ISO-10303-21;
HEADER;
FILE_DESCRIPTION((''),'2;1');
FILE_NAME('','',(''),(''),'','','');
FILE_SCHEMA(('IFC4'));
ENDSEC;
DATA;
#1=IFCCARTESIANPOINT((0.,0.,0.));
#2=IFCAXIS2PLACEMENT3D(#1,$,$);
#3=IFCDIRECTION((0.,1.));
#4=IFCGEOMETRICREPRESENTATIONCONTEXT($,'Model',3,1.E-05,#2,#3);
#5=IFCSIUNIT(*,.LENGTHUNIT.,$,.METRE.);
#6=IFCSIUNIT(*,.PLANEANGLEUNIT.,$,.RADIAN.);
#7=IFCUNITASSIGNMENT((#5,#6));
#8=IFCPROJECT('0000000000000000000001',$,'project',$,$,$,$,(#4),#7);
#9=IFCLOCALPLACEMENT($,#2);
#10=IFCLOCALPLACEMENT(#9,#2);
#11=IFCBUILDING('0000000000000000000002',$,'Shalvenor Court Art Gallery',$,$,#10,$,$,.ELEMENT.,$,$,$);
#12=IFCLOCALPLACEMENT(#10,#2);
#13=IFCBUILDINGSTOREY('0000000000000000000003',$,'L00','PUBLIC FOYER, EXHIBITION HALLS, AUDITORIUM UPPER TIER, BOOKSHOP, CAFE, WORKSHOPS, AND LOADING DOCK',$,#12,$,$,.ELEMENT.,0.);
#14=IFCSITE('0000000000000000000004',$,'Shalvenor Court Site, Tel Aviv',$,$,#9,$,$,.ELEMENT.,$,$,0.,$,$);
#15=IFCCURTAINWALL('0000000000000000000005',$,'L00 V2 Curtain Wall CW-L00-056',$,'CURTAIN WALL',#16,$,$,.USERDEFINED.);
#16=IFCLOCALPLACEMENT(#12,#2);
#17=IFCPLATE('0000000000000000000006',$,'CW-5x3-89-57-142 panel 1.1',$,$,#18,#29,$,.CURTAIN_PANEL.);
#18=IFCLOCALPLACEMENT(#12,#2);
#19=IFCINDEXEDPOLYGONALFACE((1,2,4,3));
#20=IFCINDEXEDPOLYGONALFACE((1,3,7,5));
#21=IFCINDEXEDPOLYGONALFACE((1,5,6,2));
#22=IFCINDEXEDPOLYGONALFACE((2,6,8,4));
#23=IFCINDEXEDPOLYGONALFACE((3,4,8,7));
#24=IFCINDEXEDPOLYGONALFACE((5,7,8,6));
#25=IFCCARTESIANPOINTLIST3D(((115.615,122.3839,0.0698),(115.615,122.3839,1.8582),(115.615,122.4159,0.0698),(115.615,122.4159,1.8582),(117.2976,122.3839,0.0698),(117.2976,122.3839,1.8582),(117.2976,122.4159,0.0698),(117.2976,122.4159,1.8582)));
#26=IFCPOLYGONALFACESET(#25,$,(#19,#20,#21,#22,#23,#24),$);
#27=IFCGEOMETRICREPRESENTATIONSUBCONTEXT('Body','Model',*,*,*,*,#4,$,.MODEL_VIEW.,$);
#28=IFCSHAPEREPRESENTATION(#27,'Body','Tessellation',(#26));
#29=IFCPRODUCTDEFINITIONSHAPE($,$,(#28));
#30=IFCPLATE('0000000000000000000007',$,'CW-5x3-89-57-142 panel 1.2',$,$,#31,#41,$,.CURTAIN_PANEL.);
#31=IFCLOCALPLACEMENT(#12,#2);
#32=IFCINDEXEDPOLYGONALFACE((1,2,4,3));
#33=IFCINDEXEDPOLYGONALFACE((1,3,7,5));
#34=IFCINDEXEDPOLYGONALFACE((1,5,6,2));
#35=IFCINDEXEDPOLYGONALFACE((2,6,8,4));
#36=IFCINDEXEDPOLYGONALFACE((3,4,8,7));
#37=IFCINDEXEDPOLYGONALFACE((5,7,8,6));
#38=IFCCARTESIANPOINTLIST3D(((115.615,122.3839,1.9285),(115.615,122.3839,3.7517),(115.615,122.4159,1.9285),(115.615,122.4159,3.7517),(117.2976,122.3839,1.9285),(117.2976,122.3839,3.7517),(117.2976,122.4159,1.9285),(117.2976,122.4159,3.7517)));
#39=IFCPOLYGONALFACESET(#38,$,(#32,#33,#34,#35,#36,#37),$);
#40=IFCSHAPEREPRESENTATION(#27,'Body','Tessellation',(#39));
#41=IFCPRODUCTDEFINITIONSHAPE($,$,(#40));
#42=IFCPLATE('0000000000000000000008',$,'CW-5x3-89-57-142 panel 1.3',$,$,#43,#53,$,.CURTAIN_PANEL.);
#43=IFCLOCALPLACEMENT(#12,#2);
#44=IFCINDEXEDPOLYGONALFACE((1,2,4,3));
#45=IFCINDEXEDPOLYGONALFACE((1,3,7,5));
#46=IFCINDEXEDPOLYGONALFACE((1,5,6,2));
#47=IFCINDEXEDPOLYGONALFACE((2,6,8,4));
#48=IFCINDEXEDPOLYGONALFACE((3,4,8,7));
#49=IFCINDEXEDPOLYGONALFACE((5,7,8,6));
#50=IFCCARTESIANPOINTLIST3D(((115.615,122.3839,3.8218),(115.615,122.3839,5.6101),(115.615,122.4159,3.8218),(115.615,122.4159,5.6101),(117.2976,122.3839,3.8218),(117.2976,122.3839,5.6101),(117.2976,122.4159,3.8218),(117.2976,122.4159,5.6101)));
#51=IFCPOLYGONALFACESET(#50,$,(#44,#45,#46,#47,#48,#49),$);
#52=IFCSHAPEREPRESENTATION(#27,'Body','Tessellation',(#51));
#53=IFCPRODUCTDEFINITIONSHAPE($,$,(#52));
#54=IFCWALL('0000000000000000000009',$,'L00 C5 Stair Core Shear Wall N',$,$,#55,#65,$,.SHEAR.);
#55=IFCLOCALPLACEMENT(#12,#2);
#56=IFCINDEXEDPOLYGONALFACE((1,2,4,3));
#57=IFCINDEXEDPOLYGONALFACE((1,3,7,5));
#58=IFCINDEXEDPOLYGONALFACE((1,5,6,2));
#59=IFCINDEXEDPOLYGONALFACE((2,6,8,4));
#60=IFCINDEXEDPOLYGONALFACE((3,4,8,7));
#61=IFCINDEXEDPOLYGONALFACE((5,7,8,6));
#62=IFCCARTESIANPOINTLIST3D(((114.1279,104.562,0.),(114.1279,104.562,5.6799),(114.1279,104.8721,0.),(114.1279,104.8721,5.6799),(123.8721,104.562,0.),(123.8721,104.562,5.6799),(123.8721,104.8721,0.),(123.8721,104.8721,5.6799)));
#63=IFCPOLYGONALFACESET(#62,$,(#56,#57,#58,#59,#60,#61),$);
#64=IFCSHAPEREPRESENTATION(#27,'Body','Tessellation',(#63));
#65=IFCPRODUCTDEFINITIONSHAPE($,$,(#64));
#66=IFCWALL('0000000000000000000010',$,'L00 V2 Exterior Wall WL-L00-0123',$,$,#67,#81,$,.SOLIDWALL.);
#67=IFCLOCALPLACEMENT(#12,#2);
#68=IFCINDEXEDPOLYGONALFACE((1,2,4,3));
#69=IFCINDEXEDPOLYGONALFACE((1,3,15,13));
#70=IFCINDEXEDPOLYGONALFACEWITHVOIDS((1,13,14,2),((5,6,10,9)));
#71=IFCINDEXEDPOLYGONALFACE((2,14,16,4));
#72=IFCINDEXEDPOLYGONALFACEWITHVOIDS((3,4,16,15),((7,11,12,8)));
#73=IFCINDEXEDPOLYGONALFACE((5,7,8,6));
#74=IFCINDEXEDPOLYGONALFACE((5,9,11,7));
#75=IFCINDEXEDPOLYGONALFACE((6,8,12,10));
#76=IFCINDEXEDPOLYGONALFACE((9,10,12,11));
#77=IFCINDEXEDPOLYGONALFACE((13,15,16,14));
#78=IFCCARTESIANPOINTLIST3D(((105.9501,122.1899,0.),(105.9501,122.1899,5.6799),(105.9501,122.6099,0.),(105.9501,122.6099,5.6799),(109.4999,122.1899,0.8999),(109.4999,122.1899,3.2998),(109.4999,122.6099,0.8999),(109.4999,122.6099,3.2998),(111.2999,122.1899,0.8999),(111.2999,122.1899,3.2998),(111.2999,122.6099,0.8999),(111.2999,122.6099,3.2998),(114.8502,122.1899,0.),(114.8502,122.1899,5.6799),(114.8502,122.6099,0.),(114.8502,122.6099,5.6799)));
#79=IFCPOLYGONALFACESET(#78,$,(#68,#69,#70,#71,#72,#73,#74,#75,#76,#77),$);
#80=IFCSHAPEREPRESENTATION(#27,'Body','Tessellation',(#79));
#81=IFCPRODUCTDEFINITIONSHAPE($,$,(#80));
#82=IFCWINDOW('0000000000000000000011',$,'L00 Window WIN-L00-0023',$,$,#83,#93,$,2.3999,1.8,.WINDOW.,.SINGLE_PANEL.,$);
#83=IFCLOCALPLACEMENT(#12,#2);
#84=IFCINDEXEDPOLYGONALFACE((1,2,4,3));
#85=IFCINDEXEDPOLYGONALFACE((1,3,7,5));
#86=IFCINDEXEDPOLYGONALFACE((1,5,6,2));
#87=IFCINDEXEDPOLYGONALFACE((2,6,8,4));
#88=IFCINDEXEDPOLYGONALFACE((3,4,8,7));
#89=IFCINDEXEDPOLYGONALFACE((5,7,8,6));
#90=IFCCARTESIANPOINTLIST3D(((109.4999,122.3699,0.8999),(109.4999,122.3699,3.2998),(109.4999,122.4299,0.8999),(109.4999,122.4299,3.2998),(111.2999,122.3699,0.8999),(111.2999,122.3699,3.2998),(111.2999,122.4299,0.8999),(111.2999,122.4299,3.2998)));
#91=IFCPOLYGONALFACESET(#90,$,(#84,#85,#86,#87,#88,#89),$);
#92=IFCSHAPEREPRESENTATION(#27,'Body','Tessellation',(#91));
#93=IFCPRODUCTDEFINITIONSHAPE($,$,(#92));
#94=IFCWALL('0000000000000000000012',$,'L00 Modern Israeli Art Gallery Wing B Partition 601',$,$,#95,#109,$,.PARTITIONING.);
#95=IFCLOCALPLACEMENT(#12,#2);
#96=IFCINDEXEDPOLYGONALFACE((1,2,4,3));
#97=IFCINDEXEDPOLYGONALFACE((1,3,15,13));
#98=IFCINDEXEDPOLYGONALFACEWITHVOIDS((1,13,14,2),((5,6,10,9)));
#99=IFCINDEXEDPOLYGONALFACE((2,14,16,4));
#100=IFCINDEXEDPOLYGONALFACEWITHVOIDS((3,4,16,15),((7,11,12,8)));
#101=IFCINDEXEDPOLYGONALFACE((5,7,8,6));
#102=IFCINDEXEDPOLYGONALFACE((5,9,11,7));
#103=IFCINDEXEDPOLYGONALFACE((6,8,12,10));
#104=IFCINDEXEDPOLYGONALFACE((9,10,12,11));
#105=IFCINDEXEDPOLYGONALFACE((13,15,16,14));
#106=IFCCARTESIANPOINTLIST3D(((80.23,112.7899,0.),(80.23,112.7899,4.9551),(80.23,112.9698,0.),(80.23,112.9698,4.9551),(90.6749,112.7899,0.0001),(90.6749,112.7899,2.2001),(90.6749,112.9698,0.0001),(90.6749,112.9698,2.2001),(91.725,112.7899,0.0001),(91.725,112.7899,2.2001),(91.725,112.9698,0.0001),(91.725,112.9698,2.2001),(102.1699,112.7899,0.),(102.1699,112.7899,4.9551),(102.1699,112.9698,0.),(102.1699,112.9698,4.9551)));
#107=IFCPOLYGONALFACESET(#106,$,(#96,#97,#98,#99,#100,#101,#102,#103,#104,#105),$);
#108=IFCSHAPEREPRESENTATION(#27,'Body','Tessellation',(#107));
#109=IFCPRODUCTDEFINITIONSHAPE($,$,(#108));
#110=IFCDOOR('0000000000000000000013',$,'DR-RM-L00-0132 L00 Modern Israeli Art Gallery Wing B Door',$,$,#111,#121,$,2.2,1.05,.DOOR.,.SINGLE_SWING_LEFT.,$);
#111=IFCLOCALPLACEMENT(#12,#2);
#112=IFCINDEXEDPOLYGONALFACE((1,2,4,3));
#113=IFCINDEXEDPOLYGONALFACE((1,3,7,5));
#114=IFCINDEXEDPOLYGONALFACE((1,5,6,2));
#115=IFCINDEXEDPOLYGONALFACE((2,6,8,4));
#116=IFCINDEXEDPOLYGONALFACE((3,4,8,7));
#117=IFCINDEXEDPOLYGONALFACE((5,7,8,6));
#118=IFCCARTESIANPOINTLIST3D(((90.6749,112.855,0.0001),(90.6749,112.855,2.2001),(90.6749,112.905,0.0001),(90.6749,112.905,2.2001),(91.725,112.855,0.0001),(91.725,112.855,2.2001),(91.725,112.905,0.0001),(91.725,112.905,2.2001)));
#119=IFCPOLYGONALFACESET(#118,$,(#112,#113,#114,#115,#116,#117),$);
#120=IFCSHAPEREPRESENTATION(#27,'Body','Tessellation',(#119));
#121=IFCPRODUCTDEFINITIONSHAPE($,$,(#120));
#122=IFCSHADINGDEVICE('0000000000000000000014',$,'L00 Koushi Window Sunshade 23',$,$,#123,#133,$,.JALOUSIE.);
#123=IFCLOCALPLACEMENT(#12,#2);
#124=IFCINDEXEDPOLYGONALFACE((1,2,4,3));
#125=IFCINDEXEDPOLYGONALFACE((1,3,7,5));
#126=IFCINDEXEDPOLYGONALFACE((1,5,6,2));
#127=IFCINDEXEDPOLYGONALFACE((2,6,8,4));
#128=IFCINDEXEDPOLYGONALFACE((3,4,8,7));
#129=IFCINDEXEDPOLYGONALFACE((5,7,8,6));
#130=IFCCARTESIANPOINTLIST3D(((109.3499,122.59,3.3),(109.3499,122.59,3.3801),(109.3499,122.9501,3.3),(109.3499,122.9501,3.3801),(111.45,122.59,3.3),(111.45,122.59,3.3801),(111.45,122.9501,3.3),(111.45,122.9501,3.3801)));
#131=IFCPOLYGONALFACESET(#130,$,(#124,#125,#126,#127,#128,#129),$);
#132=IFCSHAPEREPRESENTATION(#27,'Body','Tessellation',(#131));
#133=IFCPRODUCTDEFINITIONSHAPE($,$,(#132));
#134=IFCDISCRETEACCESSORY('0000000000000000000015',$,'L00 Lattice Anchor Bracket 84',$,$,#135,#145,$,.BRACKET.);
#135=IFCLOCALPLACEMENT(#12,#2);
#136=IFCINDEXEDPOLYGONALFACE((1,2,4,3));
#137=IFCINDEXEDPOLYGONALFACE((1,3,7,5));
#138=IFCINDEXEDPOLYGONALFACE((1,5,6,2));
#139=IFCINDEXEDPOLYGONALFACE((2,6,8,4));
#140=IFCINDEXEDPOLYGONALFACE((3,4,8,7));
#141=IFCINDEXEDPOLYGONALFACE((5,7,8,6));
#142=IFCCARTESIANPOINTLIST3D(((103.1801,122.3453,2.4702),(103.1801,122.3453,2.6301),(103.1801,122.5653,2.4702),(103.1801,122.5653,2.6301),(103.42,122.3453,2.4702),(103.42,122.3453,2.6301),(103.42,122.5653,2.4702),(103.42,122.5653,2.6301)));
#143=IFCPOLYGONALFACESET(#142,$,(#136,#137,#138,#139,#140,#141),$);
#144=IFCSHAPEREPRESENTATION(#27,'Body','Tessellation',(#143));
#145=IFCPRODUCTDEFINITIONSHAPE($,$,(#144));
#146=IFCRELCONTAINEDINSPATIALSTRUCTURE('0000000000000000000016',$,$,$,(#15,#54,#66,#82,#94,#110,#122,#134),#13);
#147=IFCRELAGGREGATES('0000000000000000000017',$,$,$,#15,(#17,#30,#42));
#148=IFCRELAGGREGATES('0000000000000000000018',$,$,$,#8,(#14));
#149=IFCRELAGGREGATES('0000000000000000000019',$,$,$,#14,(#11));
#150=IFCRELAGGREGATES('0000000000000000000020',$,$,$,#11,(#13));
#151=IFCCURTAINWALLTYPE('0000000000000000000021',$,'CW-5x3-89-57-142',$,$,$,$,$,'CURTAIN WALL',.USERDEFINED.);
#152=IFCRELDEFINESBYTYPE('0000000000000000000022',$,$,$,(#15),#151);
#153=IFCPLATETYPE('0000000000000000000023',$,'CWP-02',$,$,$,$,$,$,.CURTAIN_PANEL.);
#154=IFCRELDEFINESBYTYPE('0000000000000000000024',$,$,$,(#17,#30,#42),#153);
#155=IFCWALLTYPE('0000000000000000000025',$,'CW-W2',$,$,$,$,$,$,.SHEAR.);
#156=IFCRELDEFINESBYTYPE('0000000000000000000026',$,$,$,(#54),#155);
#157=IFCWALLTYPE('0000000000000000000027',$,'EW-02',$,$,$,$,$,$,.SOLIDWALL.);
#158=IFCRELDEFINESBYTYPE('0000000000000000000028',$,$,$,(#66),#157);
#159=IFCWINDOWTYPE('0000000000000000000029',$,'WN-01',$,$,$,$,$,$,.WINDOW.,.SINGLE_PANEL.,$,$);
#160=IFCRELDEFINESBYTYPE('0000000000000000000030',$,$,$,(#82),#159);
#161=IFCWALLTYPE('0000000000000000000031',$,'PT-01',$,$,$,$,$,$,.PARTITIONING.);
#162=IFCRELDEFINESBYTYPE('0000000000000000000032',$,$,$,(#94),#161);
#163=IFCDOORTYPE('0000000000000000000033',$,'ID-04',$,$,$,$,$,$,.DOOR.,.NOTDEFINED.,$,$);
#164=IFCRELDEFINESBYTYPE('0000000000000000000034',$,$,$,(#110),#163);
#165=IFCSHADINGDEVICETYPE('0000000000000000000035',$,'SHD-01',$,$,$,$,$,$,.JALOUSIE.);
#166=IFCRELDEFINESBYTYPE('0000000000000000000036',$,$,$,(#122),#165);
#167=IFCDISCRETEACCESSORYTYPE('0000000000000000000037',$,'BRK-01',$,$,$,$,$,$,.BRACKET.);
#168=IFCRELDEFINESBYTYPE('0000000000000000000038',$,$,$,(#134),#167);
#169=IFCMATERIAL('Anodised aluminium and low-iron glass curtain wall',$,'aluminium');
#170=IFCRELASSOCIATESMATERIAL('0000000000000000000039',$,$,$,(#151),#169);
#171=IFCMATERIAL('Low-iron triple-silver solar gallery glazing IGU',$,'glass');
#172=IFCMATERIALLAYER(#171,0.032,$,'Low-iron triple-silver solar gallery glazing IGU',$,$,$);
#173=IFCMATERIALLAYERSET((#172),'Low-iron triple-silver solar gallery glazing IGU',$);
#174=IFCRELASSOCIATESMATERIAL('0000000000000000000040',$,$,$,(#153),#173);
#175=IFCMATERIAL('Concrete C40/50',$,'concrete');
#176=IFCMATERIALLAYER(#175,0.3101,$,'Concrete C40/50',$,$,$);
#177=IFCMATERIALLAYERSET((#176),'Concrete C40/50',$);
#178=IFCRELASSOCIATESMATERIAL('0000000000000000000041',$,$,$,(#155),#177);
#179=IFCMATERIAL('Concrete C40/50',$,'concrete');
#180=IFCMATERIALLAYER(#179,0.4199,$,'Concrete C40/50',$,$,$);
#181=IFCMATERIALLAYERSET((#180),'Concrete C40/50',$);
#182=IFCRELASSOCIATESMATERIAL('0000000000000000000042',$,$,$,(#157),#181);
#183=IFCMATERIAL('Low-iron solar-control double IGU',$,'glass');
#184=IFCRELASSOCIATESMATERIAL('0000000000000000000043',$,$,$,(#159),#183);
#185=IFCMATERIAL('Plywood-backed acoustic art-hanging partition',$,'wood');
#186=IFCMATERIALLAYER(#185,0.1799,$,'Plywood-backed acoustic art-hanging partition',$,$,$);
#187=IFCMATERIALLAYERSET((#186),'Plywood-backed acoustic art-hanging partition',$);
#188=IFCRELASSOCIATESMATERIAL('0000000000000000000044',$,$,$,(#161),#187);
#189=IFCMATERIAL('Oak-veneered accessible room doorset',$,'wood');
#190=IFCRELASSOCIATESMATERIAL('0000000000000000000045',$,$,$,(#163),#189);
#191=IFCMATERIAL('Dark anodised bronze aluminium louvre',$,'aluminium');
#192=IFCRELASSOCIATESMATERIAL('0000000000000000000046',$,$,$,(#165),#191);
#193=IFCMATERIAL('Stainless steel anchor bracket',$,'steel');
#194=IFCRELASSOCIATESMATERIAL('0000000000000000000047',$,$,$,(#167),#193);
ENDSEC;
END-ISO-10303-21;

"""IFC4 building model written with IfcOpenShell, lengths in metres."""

from ifc_helpers import new_model, si_unit, direction, frame, frame_2d, origin, origin_2d, place, context, subcontext, project, spatial, rectangle, extrude, material, layer, layer_set, type_object, element, fill, aggregate, save


model = new_model("IFC4")

# Units and contexts
model_context = context("Model", 3, precision=1e-05, world=origin(), true_north=direction((0.0, 1.0)))
body_context = subcontext(model_context, "Body", "Model", "MODEL_VIEW")
ifc_project = project(units=[si_unit("LENGTHUNIT", "METRE"), si_unit("PLANEANGLEUNIT", "RADIAN")], contexts=[model_context])

# Site, building, storey
site_placement = place(None, origin())
site = spatial("IfcSite", under=ifc_project, at=site_placement, Name="Shalvenor Court Site, Tel Aviv", CompositionType="ELEMENT", RefElevation=0.0)
building_placement = place(site_placement, origin())
building = spatial("IfcBuilding", under=site, at=building_placement, Name="Shalvenor Court Art Gallery", CompositionType="ELEMENT")
storey_placement = place(building_placement, origin())
storey = spatial("IfcBuildingStorey", under=building, at=storey_placement, Name="L00", Description="PUBLIC FOYER, EXHIBITION HALLS, AUDITORIUM UPPER TIER, BOOKSHOP, CAFE, WORKSHOPS, AND LOADING DOCK", CompositionType="ELEMENT", Elevation=0.0)

# Curtain wall
ifc_material_1 = material(Name="Anodised aluminium and low-iron glass curtain wall", Category="aluminium")
curtain_wall_type_1 = type_object("IfcCurtainWallType", Name="CW-5x3-89-57-142", ElementType="CURTAIN WALL", PredefinedType="USERDEFINED", material=ifc_material_1)
curtain_wall_1_placement = place(storey_placement, origin())
curtain_wall_1 = element("IfcCurtainWall", 1, at=curtain_wall_1_placement, inside=storey, type_object=curtain_wall_type_1, Name="L00 V2 Curtain Wall CW-L00-056", ObjectType="CURTAIN WALL", PredefinedType="USERDEFINED")

# Plates
ifc_material_2 = material(Name="Low-iron triple-silver solar gallery glazing IGU", Category="glass")
ifc_layer_1 = layer(ifc_material_2, 0.032, Name="Low-iron triple-silver solar gallery glazing IGU")
ifc_layer_set_1 = layer_set([ifc_layer_1], Name="Low-iron triple-silver solar gallery glazing IGU")
plate_type = type_object("IfcPlateType", Name="CWP-02", PredefinedType="CURTAIN_PANEL", material=ifc_layer_set_1)
plate_1_placement = place(storey_placement, frame((116.4563, 122.3999, 0.0698), z_axis=(0.0, 0.0, 1.0), x_axis=(1.0, 0.0, 0.0)))
plate_1 = element("IfcPlate", 2, at=plate_1_placement, type_object=plate_type, Name="CW-5x3-89-57-142 panel 1.1", PredefinedType="CURTAIN_PANEL", context=body_context, shape_type="SweptSolid", body=[
    extrude(rectangle(XDim=1.6826, YDim=0.032, at=origin_2d()), origin(), (0.0, 0.0, 1.0), 1.7883),
])
plate_2_placement = place(storey_placement, frame((116.4563, 122.3999, 1.9285), z_axis=(0.0, 0.0, 1.0), x_axis=(1.0, 0.0, 0.0)))
plate_2 = element("IfcPlate", 3, at=plate_2_placement, type_object=plate_type, Name="CW-5x3-89-57-142 panel 1.2", PredefinedType="CURTAIN_PANEL", context=body_context, shape_type="SweptSolid", body=[
    extrude(rectangle(XDim=1.6826, YDim=0.032, at=origin_2d()), origin(), (0.0, 0.0, 1.0), 1.8232),
])
plate_3_placement = place(storey_placement, frame((116.4563, 122.3999, 3.8218), z_axis=(0.0, 0.0, 1.0), x_axis=(1.0, 0.0, 0.0)))
plate_3 = element("IfcPlate", 4, at=plate_3_placement, type_object=plate_type, Name="CW-5x3-89-57-142 panel 1.3", PredefinedType="CURTAIN_PANEL", context=body_context, shape_type="SweptSolid", body=[
    extrude(rectangle(XDim=1.6826, YDim=0.032, at=origin_2d()), origin(), (0.0, 0.0, 1.0), 1.7883),
])
aggregate(curtain_wall_1, [plate_1, plate_2, plate_3])

# Wall
ifc_material_3 = material(Name="Concrete C40/50", Category="concrete")
ifc_layer_2 = layer(ifc_material_3, 0.3101, Name="Concrete C40/50")
ifc_layer_set_2 = layer_set([ifc_layer_2], Name="Concrete C40/50")
wall_type_1 = type_object("IfcWallType", Name="CW-W2", PredefinedType="SHEAR", material=ifc_layer_set_2)
wall_1_placement = place(storey_placement, frame((114.1279, 104.717, 0.0), z_axis=(0.0, 0.0, 1.0), x_axis=(1.0, 0.0, 0.0)))
element("IfcWall", 5, at=wall_1_placement, inside=storey, type_object=wall_type_1, Name="L00 C5 Stair Core Shear Wall N", PredefinedType="SHEAR", context=body_context, shape_type="SweptSolid", body=[
    extrude(rectangle(XDim=9.7441, YDim=0.3101, at=frame_2d((4.8721, 0.0))), origin(), (0.0, 0.0, 1.0), 5.6799),
])

# Wall, opening, window
ifc_material_4 = material(Name="Concrete C40/50", Category="concrete")
ifc_layer_3 = layer(ifc_material_4, 0.4199, Name="Concrete C40/50")
ifc_layer_set_3 = layer_set([ifc_layer_3], Name="Concrete C40/50")
wall_type_2 = type_object("IfcWallType", Name="EW-02", PredefinedType="SOLIDWALL", material=ifc_layer_set_3)
wall_2_placement = place(storey_placement, frame((105.95, 122.3999, 0.0), z_axis=(0.0, 0.0, 1.0), x_axis=(1.0, 0.0, 0.0)))
wall_2 = element("IfcWall", 6, at=wall_2_placement, inside=storey, type_object=wall_type_2, Name="L00 V2 Exterior Wall WL-L00-0123", PredefinedType="SOLIDWALL", context=body_context, shape_type="SweptSolid", body=[
    extrude(rectangle(XDim=8.9001, YDim=0.4199, at=frame_2d((4.4502, 0.0))), origin(), (0.0, 0.0, 1.0), 5.6799),
])
opening_1_placement = place(wall_2_placement, frame((3.55, 0.0, 0.8999)))
opening_1 = element("IfcOpeningElement", 7, at=opening_1_placement, cuts=wall_2, PredefinedType="OPENING", context=body_context, shape_type="SweptSolid", body=[
    extrude(rectangle(XDim=1.8, YDim=2.3999, at=frame_2d((0.8999, 1.2))), frame((0.0, 0.22, 0.0), z_axis=(0.0, -1.0, 0.0), x_axis=(1.0, 0.0, 0.0)), (0.0, 0.0, 1.0), 0.4399),
])
ifc_material_5 = material(Name="Low-iron solar-control double IGU", Category="glass")
window_type = type_object("IfcWindowType", Name="WN-01", PartitioningType="SINGLE_PANEL", PredefinedType="WINDOW", material=ifc_material_5)
window_placement = place(opening_1_placement, origin())
window = element("IfcWindow", 8, at=window_placement, inside=storey, type_object=window_type, Name="L00 Window WIN-L00-0023", OverallHeight=2.3999, OverallWidth=1.8, PartitioningType="SINGLE_PANEL", PredefinedType="WINDOW", context=body_context, shape_type="SweptSolid", body=[
    extrude(rectangle(XDim=1.8, YDim=2.3999, at=frame_2d((0.8999, 1.2))), frame((0.0, 0.03, 0.0), z_axis=(0.0, -1.0, 0.0), x_axis=(1.0, 0.0, 0.0)), (0.0, 0.0, 1.0), 0.0601),
])
fill(opening_1, window)

# Wall, opening, door
ifc_material_6 = material(Name="Plywood-backed acoustic art-hanging partition", Category="wood")
ifc_layer_4 = layer(ifc_material_6, 0.1799, Name="Plywood-backed acoustic art-hanging partition")
ifc_layer_set_4 = layer_set([ifc_layer_4], Name="Plywood-backed acoustic art-hanging partition")
wall_type_3 = type_object("IfcWallType", Name="PT-01", PredefinedType="PARTITIONING", material=ifc_layer_set_4)
wall_3_placement = place(storey_placement, frame((102.1699, 112.8799, 0.0), z_axis=(0.0, 0.0, 1.0), x_axis=(-1.0, 0.0, 0.0)))
wall_3 = element("IfcWall", 9, at=wall_3_placement, inside=storey, type_object=wall_type_3, Name="L00 Modern Israeli Art Gallery Wing B Partition 601", PredefinedType="PARTITIONING", context=body_context, shape_type="SweptSolid", body=[
    extrude(rectangle(XDim=21.9399, YDim=0.1799, at=frame_2d((10.97, 0.0))), origin(), (0.0, 0.0, 1.0), 4.9551),
])
opening_2_placement = place(wall_3_placement, frame((10.4451, 0.0, 0.0)))
opening_2 = element("IfcOpeningElement", 10, at=opening_2_placement, cuts=wall_3, PredefinedType="OPENING", context=body_context, shape_type="SweptSolid", body=[
    extrude(rectangle(XDim=1.05, YDim=2.2, at=frame_2d((0.5249, 1.1001))), frame((0.0, 0.0999, 0.0), z_axis=(0.0, -1.0, 0.0), x_axis=(1.0, 0.0, 0.0)), (0.0, 0.0, 1.0), 0.2),
])
ifc_material_7 = material(Name="Oak-veneered accessible room doorset", Category="wood")
door_type = type_object("IfcDoorType", Name="ID-04", OperationType="NOTDEFINED", PredefinedType="DOOR", material=ifc_material_7)
door_placement = place(opening_2_placement, origin())
door = element("IfcDoor", 11, at=door_placement, inside=storey, type_object=door_type, Name="DR-RM-L00-0132 L00 Modern Israeli Art Gallery Wing B Door", OperationType="SINGLE_SWING_LEFT", OverallHeight=2.2, OverallWidth=1.05, PredefinedType="DOOR", context=body_context, shape_type="SweptSolid", body=[
    extrude(rectangle(XDim=1.05, YDim=2.2, at=frame_2d((0.5249, 1.1001))), frame((0.0, 0.0249, 0.0), z_axis=(0.0, -1.0, 0.0), x_axis=(1.0, 0.0, 0.0)), (0.0, 0.0, 1.0), 0.05),
])
fill(opening_2, door)

# Shading device
ifc_material_8 = material(Name="Dark anodised bronze aluminium louvre", Category="aluminium")
shading_device_type = type_object("IfcShadingDeviceType", Name="SHD-01", PredefinedType="JALOUSIE", material=ifc_material_8)
shading_device_placement = place(storey_placement, frame((110.3999, 122.77, 3.3), z_axis=(0.0, 0.0, 1.0), x_axis=(1.0, 0.0, 0.0)))
element("IfcShadingDevice", 12, at=shading_device_placement, inside=storey, type_object=shading_device_type, Name="L00 Koushi Window Sunshade 23", PredefinedType="JALOUSIE", context=body_context, shape_type="SweptSolid", body=[
    extrude(rectangle(XDim=2.1001, YDim=0.3601, at=origin_2d()), origin(), (0.0, 0.0, 1.0), 0.0801),
])

# Discrete accessory
ifc_material_9 = material(Name="Stainless steel anchor bracket", Category="steel")
discrete_accessory_type = type_object("IfcDiscreteAccessoryType", Name="BRK-01", PredefinedType="BRACKET", material=ifc_material_9)
discrete_accessory_placement = place(storey_placement, frame((103.3, 122.4553, 2.4702), z_axis=(0.0, 0.0, 1.0), x_axis=(1.0, 0.0, 0.0)))
element("IfcDiscreteAccessory", 13, at=discrete_accessory_placement, inside=storey, type_object=discrete_accessory_type, Name="L00 Lattice Anchor Bracket 84", PredefinedType="BRACKET", context=body_context, shape_type="SweptSolid", body=[
    extrude(rectangle(XDim=0.24, YDim=0.22, at=origin_2d()), origin(), (0.0, 0.0, 1.0), 0.1599),
])

save(model, "model.ifc")
